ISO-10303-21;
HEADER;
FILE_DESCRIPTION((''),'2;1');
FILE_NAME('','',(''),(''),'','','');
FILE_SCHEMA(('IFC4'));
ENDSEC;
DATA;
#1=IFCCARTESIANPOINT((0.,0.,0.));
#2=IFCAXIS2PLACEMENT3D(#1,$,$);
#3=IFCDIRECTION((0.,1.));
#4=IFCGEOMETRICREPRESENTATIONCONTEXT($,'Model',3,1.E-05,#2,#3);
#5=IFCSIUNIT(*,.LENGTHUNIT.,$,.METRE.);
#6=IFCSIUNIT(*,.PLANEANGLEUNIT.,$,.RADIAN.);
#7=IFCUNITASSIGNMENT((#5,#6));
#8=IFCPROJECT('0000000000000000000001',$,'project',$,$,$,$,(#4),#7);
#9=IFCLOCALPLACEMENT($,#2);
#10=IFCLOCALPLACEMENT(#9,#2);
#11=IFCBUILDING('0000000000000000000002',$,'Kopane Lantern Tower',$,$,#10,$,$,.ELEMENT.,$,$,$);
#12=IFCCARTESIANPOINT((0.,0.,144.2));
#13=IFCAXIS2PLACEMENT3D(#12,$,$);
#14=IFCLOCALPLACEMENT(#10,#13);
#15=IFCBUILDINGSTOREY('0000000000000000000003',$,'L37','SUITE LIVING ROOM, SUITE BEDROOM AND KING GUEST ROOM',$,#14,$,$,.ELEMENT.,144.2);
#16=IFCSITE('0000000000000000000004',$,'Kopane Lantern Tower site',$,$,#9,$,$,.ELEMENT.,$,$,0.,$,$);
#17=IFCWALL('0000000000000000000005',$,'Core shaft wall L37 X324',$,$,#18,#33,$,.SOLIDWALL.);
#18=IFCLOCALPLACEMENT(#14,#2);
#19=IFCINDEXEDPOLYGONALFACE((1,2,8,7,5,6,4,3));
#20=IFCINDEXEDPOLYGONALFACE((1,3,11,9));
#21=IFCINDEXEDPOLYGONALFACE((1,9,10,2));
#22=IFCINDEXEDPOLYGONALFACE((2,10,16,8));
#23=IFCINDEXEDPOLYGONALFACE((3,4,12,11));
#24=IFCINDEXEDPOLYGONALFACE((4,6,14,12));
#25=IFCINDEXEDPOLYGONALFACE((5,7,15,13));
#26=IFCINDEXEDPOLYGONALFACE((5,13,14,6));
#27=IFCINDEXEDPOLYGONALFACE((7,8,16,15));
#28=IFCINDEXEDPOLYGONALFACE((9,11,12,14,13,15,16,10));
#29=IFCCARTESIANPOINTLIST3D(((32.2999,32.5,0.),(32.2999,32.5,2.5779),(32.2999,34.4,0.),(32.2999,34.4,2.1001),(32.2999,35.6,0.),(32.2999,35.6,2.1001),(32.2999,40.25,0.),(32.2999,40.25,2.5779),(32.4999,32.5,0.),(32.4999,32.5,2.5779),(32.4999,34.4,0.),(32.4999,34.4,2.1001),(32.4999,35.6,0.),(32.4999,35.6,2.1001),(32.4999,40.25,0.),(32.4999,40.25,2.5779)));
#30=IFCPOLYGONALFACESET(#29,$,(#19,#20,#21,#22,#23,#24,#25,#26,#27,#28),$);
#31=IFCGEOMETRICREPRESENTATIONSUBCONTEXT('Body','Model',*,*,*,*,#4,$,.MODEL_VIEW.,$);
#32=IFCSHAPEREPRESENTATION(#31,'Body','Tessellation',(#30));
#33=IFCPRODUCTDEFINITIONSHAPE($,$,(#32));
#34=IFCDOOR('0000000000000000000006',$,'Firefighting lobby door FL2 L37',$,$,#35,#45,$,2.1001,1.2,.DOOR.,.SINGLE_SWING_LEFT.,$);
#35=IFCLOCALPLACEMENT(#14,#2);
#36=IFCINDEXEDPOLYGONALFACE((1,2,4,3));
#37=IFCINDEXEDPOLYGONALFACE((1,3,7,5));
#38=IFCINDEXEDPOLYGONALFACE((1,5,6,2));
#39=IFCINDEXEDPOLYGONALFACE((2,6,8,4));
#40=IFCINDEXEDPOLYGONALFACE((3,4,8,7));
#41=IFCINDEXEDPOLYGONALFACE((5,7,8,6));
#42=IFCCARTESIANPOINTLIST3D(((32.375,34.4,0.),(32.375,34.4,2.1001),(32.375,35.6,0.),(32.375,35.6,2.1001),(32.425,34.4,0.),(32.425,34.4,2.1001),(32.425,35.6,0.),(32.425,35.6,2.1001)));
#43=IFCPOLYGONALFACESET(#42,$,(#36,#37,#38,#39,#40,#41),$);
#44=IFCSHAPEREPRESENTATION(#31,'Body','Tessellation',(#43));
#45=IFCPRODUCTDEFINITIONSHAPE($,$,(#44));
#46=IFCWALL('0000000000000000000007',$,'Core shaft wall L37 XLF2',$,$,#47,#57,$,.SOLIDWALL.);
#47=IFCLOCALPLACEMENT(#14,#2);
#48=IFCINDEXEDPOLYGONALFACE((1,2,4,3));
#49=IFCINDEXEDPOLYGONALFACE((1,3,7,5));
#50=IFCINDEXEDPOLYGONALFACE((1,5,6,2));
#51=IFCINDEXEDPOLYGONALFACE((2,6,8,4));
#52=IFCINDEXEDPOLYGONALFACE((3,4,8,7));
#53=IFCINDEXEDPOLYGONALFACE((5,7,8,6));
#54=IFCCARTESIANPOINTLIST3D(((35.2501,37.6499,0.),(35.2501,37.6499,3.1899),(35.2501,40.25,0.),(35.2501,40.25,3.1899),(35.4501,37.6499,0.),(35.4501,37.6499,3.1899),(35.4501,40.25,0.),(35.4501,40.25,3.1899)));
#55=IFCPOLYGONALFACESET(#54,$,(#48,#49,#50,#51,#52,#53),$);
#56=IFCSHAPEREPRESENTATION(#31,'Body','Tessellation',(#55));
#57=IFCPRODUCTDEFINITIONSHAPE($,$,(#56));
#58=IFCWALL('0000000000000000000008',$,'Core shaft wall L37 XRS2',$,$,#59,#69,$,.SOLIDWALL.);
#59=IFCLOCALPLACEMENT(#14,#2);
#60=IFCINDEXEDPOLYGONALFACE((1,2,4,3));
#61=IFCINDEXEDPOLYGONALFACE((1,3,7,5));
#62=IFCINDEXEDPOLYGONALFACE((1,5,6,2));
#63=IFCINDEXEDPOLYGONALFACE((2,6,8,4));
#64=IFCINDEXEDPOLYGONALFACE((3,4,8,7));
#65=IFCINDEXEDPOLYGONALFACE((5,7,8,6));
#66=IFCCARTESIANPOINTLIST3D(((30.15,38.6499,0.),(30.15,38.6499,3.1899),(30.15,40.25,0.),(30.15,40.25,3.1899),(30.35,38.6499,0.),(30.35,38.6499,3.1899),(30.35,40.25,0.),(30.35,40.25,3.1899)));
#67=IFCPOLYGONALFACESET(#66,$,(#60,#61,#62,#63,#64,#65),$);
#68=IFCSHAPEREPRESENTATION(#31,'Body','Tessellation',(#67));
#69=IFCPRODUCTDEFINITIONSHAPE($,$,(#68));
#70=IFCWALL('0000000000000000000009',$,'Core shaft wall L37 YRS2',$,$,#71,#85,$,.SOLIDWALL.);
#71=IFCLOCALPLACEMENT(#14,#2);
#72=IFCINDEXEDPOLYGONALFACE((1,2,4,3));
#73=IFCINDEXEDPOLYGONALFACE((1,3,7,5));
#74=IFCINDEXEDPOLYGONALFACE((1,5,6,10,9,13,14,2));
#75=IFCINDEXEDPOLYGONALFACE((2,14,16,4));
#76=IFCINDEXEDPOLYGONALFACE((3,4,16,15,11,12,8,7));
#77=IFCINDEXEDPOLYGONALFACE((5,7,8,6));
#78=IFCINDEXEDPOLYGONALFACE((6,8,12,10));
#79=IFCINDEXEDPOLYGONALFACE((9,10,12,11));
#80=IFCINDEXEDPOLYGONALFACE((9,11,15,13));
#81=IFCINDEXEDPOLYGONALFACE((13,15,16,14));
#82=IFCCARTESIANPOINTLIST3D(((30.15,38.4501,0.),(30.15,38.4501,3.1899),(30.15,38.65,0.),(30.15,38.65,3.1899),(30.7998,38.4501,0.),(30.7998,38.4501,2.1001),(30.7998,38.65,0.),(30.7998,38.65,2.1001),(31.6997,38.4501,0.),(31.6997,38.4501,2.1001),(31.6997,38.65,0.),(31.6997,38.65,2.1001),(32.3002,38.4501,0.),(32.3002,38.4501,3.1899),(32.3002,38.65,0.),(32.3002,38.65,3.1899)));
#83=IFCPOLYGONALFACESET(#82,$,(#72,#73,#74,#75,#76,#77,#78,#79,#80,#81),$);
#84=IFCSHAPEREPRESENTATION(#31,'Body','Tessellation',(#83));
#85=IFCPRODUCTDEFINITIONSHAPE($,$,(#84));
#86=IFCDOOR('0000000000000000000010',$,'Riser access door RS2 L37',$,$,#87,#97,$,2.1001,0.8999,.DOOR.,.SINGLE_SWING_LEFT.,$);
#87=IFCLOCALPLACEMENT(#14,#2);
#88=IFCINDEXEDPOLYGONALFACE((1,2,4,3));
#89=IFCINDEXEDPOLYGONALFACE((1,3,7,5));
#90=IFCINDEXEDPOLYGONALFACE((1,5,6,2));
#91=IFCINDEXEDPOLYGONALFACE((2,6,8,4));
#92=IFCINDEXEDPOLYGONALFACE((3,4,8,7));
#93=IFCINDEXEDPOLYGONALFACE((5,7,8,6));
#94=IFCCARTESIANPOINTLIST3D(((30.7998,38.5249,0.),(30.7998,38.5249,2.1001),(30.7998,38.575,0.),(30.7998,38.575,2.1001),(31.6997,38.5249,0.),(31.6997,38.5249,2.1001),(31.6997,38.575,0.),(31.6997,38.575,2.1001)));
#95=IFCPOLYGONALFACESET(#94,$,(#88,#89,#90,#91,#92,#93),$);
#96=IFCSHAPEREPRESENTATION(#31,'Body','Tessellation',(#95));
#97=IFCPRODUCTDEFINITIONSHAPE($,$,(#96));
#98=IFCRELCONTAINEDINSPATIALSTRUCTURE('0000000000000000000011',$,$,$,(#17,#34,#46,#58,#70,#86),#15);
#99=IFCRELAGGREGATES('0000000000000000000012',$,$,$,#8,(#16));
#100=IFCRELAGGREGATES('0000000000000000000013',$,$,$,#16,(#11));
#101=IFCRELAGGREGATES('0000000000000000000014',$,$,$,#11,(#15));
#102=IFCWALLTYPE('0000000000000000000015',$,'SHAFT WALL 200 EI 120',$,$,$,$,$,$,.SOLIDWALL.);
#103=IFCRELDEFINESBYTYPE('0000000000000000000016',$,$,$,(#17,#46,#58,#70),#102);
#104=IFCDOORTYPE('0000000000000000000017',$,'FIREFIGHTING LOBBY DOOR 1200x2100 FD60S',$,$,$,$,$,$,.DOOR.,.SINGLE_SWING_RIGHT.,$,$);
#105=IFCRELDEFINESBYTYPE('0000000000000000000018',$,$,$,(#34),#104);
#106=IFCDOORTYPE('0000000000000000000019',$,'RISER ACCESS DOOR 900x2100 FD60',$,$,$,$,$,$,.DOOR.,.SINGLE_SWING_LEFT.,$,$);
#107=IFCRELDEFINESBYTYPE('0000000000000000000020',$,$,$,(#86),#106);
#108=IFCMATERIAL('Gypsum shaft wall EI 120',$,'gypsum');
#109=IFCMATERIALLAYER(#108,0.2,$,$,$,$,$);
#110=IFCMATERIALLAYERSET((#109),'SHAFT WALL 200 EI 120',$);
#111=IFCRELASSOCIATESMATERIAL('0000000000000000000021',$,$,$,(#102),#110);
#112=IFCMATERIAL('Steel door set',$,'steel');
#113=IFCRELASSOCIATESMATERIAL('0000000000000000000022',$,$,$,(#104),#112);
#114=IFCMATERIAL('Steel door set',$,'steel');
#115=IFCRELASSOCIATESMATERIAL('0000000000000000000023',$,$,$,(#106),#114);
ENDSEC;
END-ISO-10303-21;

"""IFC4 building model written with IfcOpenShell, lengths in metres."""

from ifc_helpers import new_model, si_unit, direction, frame, frame_2d, origin, place, context, subcontext, project, spatial, rectangle, extrude, material, layer, layer_set, type_object, element, fill, save


model = new_model("IFC4")

# Units and contexts
model_context = context("Model", 3, precision=1e-05, world=origin(), true_north=direction((0.0, 1.0)))
body_context = subcontext(model_context, "Body", "Model", "MODEL_VIEW")
ifc_project = project(units=[si_unit("LENGTHUNIT", "METRE"), si_unit("PLANEANGLEUNIT", "RADIAN")], contexts=[model_context])

# Site, building, storey
site_placement = place(None, origin())
site = spatial("IfcSite", under=ifc_project, at=site_placement, Name="Kopane Lantern Tower site", CompositionType="ELEMENT", RefElevation=0.0)
building_placement = place(site_placement, origin())
building = spatial("IfcBuilding", under=site, at=building_placement, Name="Kopane Lantern Tower", CompositionType="ELEMENT")
storey_placement = place(building_placement, frame((0.0, 0.0, 144.2)))
storey = spatial("IfcBuildingStorey", under=building, at=storey_placement, Name="L37", Description="SUITE LIVING ROOM, SUITE BEDROOM AND KING GUEST ROOM", CompositionType="ELEMENT", Elevation=144.2)

# Shared definitions
ifc_material_1 = material(Name="Gypsum shaft wall EI 120", Category="gypsum")
ifc_layer_1 = layer(ifc_material_1, 0.2)
ifc_layer_set_1 = layer_set([ifc_layer_1], Name="SHAFT WALL 200 EI 120")
wall_type_1 = type_object("IfcWallType", Name="SHAFT WALL 200 EI 120", PredefinedType="SOLIDWALL", material=ifc_layer_set_1)

# Wall, opening, door
wall_1_placement = place(storey_placement, frame((32.3999, 32.5, 0.0), z_axis=(0.0, 0.0, 1.0), x_axis=(0.0, 1.0, 0.0)))
wall_1 = element("IfcWall", 1, at=wall_1_placement, inside=storey, type_object=wall_type_1, Name="Core shaft wall L37 X324", PredefinedType="SOLIDWALL", context=body_context, shape_type="SweptSolid", body=[
    extrude(rectangle(XDim=7.75, YDim=0.2, at=frame_2d((3.875, 0.0))), origin(), (0.0, 0.0, 1.0), 2.5779),
])
opening_1_placement = place(wall_1_placement, frame((1.8999, 0.0, 0.0)))
opening_1 = element("IfcOpeningElement", 2, at=opening_1_placement, cuts=wall_1, PredefinedType="OPENING", context=body_context, shape_type="SweptSolid", body=[
    extrude(rectangle(XDim=1.2, YDim=2.1001, at=frame_2d((0.6001, 1.05))), frame((0.0, 0.1099, 0.0), z_axis=(0.0, -1.0, 0.0), x_axis=(1.0, 0.0, 0.0)), (0.0, 0.0, 1.0), 0.22),
])
ifc_material_2 = material(Name="Steel door set", Category="steel")
door_type_1 = type_object("IfcDoorType", Name="FIREFIGHTING LOBBY DOOR 1200x2100 FD60S", OperationType="SINGLE_SWING_RIGHT", PredefinedType="DOOR", material=ifc_material_2)
door_1_placement = place(opening_1_placement, origin())
door_1 = element("IfcDoor", 3, at=door_1_placement, inside=storey, type_object=door_type_1, Name="Firefighting lobby door FL2 L37", OperationType="SINGLE_SWING_LEFT", OverallHeight=2.1001, OverallWidth=1.2, PredefinedType="DOOR", context=body_context, shape_type="SweptSolid", body=[
    extrude(rectangle(XDim=1.2, YDim=2.1001, at=frame_2d((0.6001, 1.05))), frame((0.0, 0.0249, 0.0), z_axis=(0.0, -1.0, 0.0), x_axis=(1.0, 0.0, 0.0)), (0.0, 0.0, 1.0), 0.05),
])
fill(opening_1, door_1)

# Walls
wall_2_placement = place(storey_placement, frame((35.3501, 37.6499, 0.0), z_axis=(0.0, 0.0, 1.0), x_axis=(0.0, 1.0, 0.0)))
element("IfcWall", 4, at=wall_2_placement, inside=storey, type_object=wall_type_1, Name="Core shaft wall L37 XLF2", PredefinedType="SOLIDWALL", context=body_context, shape_type="SweptSolid", body=[
    extrude(rectangle(XDim=2.6001, YDim=0.2, at=frame_2d((1.3, 0.0))), origin(), (0.0, 0.0, 1.0), 3.1899),
])
wall_3_placement = place(storey_placement, frame((30.25, 38.6499, 0.0), z_axis=(0.0, 0.0, 1.0), x_axis=(0.0, 1.0, 0.0)))
element("IfcWall", 5, at=wall_3_placement, inside=storey, type_object=wall_type_1, Name="Core shaft wall L37 XRS2", PredefinedType="SOLIDWALL", context=body_context, shape_type="SweptSolid", body=[
    extrude(rectangle(XDim=1.6001, YDim=0.2, at=frame_2d((0.8, 0.0))), origin(), (0.0, 0.0, 1.0), 3.1899),
])

# Wall, opening, door
wall_4_placement = place(storey_placement, frame((30.1499, 38.55, 0.0), z_axis=(0.0, 0.0, 1.0), x_axis=(1.0, 0.0, 0.0)))
wall_4 = element("IfcWall", 6, at=wall_4_placement, inside=storey, type_object=wall_type_1, Name="Core shaft wall L37 YRS2", PredefinedType="SOLIDWALL", context=body_context, shape_type="SweptSolid", body=[
    extrude(rectangle(XDim=2.1501, YDim=0.2, at=frame_2d((1.0752, 0.0))), origin(), (0.0, 0.0, 1.0), 3.1899),
])
opening_2_placement = place(wall_4_placement, frame((0.6499, 0.0, 0.0)))
opening_2 = element("IfcOpeningElement", 7, at=opening_2_placement, cuts=wall_4, PredefinedType="OPENING", context=body_context, shape_type="SweptSolid", body=[
    extrude(rectangle(XDim=0.8999, YDim=2.1001, at=frame_2d((0.45, 1.05))), frame((0.0, 0.1099, 0.0), z_axis=(0.0, -1.0, 0.0), x_axis=(1.0, 0.0, 0.0)), (0.0, 0.0, 1.0), 0.22),
])
ifc_material_3 = material(Name="Steel door set", Category="steel")
door_type_2 = type_object("IfcDoorType", Name="RISER ACCESS DOOR 900x2100 FD60", OperationType="SINGLE_SWING_LEFT", PredefinedType="DOOR", material=ifc_material_3)
door_2_placement = place(opening_2_placement, origin())
door_2 = element("IfcDoor", 8, at=door_2_placement, inside=storey, type_object=door_type_2, Name="Riser access door RS2 L37", OperationType="SINGLE_SWING_LEFT", OverallHeight=2.1001, OverallWidth=0.8999, PredefinedType="DOOR", context=body_context, shape_type="SweptSolid", body=[
    extrude(rectangle(XDim=0.8999, YDim=2.1001, at=frame_2d((0.45, 1.05))), frame((0.0, 0.0249, 0.0), z_axis=(0.0, -1.0, 0.0), x_axis=(1.0, 0.0, 0.0)), (0.0, 0.0, 1.0), 0.05),
])
fill(opening_2, door_2)

save(model, "model.ifc")
